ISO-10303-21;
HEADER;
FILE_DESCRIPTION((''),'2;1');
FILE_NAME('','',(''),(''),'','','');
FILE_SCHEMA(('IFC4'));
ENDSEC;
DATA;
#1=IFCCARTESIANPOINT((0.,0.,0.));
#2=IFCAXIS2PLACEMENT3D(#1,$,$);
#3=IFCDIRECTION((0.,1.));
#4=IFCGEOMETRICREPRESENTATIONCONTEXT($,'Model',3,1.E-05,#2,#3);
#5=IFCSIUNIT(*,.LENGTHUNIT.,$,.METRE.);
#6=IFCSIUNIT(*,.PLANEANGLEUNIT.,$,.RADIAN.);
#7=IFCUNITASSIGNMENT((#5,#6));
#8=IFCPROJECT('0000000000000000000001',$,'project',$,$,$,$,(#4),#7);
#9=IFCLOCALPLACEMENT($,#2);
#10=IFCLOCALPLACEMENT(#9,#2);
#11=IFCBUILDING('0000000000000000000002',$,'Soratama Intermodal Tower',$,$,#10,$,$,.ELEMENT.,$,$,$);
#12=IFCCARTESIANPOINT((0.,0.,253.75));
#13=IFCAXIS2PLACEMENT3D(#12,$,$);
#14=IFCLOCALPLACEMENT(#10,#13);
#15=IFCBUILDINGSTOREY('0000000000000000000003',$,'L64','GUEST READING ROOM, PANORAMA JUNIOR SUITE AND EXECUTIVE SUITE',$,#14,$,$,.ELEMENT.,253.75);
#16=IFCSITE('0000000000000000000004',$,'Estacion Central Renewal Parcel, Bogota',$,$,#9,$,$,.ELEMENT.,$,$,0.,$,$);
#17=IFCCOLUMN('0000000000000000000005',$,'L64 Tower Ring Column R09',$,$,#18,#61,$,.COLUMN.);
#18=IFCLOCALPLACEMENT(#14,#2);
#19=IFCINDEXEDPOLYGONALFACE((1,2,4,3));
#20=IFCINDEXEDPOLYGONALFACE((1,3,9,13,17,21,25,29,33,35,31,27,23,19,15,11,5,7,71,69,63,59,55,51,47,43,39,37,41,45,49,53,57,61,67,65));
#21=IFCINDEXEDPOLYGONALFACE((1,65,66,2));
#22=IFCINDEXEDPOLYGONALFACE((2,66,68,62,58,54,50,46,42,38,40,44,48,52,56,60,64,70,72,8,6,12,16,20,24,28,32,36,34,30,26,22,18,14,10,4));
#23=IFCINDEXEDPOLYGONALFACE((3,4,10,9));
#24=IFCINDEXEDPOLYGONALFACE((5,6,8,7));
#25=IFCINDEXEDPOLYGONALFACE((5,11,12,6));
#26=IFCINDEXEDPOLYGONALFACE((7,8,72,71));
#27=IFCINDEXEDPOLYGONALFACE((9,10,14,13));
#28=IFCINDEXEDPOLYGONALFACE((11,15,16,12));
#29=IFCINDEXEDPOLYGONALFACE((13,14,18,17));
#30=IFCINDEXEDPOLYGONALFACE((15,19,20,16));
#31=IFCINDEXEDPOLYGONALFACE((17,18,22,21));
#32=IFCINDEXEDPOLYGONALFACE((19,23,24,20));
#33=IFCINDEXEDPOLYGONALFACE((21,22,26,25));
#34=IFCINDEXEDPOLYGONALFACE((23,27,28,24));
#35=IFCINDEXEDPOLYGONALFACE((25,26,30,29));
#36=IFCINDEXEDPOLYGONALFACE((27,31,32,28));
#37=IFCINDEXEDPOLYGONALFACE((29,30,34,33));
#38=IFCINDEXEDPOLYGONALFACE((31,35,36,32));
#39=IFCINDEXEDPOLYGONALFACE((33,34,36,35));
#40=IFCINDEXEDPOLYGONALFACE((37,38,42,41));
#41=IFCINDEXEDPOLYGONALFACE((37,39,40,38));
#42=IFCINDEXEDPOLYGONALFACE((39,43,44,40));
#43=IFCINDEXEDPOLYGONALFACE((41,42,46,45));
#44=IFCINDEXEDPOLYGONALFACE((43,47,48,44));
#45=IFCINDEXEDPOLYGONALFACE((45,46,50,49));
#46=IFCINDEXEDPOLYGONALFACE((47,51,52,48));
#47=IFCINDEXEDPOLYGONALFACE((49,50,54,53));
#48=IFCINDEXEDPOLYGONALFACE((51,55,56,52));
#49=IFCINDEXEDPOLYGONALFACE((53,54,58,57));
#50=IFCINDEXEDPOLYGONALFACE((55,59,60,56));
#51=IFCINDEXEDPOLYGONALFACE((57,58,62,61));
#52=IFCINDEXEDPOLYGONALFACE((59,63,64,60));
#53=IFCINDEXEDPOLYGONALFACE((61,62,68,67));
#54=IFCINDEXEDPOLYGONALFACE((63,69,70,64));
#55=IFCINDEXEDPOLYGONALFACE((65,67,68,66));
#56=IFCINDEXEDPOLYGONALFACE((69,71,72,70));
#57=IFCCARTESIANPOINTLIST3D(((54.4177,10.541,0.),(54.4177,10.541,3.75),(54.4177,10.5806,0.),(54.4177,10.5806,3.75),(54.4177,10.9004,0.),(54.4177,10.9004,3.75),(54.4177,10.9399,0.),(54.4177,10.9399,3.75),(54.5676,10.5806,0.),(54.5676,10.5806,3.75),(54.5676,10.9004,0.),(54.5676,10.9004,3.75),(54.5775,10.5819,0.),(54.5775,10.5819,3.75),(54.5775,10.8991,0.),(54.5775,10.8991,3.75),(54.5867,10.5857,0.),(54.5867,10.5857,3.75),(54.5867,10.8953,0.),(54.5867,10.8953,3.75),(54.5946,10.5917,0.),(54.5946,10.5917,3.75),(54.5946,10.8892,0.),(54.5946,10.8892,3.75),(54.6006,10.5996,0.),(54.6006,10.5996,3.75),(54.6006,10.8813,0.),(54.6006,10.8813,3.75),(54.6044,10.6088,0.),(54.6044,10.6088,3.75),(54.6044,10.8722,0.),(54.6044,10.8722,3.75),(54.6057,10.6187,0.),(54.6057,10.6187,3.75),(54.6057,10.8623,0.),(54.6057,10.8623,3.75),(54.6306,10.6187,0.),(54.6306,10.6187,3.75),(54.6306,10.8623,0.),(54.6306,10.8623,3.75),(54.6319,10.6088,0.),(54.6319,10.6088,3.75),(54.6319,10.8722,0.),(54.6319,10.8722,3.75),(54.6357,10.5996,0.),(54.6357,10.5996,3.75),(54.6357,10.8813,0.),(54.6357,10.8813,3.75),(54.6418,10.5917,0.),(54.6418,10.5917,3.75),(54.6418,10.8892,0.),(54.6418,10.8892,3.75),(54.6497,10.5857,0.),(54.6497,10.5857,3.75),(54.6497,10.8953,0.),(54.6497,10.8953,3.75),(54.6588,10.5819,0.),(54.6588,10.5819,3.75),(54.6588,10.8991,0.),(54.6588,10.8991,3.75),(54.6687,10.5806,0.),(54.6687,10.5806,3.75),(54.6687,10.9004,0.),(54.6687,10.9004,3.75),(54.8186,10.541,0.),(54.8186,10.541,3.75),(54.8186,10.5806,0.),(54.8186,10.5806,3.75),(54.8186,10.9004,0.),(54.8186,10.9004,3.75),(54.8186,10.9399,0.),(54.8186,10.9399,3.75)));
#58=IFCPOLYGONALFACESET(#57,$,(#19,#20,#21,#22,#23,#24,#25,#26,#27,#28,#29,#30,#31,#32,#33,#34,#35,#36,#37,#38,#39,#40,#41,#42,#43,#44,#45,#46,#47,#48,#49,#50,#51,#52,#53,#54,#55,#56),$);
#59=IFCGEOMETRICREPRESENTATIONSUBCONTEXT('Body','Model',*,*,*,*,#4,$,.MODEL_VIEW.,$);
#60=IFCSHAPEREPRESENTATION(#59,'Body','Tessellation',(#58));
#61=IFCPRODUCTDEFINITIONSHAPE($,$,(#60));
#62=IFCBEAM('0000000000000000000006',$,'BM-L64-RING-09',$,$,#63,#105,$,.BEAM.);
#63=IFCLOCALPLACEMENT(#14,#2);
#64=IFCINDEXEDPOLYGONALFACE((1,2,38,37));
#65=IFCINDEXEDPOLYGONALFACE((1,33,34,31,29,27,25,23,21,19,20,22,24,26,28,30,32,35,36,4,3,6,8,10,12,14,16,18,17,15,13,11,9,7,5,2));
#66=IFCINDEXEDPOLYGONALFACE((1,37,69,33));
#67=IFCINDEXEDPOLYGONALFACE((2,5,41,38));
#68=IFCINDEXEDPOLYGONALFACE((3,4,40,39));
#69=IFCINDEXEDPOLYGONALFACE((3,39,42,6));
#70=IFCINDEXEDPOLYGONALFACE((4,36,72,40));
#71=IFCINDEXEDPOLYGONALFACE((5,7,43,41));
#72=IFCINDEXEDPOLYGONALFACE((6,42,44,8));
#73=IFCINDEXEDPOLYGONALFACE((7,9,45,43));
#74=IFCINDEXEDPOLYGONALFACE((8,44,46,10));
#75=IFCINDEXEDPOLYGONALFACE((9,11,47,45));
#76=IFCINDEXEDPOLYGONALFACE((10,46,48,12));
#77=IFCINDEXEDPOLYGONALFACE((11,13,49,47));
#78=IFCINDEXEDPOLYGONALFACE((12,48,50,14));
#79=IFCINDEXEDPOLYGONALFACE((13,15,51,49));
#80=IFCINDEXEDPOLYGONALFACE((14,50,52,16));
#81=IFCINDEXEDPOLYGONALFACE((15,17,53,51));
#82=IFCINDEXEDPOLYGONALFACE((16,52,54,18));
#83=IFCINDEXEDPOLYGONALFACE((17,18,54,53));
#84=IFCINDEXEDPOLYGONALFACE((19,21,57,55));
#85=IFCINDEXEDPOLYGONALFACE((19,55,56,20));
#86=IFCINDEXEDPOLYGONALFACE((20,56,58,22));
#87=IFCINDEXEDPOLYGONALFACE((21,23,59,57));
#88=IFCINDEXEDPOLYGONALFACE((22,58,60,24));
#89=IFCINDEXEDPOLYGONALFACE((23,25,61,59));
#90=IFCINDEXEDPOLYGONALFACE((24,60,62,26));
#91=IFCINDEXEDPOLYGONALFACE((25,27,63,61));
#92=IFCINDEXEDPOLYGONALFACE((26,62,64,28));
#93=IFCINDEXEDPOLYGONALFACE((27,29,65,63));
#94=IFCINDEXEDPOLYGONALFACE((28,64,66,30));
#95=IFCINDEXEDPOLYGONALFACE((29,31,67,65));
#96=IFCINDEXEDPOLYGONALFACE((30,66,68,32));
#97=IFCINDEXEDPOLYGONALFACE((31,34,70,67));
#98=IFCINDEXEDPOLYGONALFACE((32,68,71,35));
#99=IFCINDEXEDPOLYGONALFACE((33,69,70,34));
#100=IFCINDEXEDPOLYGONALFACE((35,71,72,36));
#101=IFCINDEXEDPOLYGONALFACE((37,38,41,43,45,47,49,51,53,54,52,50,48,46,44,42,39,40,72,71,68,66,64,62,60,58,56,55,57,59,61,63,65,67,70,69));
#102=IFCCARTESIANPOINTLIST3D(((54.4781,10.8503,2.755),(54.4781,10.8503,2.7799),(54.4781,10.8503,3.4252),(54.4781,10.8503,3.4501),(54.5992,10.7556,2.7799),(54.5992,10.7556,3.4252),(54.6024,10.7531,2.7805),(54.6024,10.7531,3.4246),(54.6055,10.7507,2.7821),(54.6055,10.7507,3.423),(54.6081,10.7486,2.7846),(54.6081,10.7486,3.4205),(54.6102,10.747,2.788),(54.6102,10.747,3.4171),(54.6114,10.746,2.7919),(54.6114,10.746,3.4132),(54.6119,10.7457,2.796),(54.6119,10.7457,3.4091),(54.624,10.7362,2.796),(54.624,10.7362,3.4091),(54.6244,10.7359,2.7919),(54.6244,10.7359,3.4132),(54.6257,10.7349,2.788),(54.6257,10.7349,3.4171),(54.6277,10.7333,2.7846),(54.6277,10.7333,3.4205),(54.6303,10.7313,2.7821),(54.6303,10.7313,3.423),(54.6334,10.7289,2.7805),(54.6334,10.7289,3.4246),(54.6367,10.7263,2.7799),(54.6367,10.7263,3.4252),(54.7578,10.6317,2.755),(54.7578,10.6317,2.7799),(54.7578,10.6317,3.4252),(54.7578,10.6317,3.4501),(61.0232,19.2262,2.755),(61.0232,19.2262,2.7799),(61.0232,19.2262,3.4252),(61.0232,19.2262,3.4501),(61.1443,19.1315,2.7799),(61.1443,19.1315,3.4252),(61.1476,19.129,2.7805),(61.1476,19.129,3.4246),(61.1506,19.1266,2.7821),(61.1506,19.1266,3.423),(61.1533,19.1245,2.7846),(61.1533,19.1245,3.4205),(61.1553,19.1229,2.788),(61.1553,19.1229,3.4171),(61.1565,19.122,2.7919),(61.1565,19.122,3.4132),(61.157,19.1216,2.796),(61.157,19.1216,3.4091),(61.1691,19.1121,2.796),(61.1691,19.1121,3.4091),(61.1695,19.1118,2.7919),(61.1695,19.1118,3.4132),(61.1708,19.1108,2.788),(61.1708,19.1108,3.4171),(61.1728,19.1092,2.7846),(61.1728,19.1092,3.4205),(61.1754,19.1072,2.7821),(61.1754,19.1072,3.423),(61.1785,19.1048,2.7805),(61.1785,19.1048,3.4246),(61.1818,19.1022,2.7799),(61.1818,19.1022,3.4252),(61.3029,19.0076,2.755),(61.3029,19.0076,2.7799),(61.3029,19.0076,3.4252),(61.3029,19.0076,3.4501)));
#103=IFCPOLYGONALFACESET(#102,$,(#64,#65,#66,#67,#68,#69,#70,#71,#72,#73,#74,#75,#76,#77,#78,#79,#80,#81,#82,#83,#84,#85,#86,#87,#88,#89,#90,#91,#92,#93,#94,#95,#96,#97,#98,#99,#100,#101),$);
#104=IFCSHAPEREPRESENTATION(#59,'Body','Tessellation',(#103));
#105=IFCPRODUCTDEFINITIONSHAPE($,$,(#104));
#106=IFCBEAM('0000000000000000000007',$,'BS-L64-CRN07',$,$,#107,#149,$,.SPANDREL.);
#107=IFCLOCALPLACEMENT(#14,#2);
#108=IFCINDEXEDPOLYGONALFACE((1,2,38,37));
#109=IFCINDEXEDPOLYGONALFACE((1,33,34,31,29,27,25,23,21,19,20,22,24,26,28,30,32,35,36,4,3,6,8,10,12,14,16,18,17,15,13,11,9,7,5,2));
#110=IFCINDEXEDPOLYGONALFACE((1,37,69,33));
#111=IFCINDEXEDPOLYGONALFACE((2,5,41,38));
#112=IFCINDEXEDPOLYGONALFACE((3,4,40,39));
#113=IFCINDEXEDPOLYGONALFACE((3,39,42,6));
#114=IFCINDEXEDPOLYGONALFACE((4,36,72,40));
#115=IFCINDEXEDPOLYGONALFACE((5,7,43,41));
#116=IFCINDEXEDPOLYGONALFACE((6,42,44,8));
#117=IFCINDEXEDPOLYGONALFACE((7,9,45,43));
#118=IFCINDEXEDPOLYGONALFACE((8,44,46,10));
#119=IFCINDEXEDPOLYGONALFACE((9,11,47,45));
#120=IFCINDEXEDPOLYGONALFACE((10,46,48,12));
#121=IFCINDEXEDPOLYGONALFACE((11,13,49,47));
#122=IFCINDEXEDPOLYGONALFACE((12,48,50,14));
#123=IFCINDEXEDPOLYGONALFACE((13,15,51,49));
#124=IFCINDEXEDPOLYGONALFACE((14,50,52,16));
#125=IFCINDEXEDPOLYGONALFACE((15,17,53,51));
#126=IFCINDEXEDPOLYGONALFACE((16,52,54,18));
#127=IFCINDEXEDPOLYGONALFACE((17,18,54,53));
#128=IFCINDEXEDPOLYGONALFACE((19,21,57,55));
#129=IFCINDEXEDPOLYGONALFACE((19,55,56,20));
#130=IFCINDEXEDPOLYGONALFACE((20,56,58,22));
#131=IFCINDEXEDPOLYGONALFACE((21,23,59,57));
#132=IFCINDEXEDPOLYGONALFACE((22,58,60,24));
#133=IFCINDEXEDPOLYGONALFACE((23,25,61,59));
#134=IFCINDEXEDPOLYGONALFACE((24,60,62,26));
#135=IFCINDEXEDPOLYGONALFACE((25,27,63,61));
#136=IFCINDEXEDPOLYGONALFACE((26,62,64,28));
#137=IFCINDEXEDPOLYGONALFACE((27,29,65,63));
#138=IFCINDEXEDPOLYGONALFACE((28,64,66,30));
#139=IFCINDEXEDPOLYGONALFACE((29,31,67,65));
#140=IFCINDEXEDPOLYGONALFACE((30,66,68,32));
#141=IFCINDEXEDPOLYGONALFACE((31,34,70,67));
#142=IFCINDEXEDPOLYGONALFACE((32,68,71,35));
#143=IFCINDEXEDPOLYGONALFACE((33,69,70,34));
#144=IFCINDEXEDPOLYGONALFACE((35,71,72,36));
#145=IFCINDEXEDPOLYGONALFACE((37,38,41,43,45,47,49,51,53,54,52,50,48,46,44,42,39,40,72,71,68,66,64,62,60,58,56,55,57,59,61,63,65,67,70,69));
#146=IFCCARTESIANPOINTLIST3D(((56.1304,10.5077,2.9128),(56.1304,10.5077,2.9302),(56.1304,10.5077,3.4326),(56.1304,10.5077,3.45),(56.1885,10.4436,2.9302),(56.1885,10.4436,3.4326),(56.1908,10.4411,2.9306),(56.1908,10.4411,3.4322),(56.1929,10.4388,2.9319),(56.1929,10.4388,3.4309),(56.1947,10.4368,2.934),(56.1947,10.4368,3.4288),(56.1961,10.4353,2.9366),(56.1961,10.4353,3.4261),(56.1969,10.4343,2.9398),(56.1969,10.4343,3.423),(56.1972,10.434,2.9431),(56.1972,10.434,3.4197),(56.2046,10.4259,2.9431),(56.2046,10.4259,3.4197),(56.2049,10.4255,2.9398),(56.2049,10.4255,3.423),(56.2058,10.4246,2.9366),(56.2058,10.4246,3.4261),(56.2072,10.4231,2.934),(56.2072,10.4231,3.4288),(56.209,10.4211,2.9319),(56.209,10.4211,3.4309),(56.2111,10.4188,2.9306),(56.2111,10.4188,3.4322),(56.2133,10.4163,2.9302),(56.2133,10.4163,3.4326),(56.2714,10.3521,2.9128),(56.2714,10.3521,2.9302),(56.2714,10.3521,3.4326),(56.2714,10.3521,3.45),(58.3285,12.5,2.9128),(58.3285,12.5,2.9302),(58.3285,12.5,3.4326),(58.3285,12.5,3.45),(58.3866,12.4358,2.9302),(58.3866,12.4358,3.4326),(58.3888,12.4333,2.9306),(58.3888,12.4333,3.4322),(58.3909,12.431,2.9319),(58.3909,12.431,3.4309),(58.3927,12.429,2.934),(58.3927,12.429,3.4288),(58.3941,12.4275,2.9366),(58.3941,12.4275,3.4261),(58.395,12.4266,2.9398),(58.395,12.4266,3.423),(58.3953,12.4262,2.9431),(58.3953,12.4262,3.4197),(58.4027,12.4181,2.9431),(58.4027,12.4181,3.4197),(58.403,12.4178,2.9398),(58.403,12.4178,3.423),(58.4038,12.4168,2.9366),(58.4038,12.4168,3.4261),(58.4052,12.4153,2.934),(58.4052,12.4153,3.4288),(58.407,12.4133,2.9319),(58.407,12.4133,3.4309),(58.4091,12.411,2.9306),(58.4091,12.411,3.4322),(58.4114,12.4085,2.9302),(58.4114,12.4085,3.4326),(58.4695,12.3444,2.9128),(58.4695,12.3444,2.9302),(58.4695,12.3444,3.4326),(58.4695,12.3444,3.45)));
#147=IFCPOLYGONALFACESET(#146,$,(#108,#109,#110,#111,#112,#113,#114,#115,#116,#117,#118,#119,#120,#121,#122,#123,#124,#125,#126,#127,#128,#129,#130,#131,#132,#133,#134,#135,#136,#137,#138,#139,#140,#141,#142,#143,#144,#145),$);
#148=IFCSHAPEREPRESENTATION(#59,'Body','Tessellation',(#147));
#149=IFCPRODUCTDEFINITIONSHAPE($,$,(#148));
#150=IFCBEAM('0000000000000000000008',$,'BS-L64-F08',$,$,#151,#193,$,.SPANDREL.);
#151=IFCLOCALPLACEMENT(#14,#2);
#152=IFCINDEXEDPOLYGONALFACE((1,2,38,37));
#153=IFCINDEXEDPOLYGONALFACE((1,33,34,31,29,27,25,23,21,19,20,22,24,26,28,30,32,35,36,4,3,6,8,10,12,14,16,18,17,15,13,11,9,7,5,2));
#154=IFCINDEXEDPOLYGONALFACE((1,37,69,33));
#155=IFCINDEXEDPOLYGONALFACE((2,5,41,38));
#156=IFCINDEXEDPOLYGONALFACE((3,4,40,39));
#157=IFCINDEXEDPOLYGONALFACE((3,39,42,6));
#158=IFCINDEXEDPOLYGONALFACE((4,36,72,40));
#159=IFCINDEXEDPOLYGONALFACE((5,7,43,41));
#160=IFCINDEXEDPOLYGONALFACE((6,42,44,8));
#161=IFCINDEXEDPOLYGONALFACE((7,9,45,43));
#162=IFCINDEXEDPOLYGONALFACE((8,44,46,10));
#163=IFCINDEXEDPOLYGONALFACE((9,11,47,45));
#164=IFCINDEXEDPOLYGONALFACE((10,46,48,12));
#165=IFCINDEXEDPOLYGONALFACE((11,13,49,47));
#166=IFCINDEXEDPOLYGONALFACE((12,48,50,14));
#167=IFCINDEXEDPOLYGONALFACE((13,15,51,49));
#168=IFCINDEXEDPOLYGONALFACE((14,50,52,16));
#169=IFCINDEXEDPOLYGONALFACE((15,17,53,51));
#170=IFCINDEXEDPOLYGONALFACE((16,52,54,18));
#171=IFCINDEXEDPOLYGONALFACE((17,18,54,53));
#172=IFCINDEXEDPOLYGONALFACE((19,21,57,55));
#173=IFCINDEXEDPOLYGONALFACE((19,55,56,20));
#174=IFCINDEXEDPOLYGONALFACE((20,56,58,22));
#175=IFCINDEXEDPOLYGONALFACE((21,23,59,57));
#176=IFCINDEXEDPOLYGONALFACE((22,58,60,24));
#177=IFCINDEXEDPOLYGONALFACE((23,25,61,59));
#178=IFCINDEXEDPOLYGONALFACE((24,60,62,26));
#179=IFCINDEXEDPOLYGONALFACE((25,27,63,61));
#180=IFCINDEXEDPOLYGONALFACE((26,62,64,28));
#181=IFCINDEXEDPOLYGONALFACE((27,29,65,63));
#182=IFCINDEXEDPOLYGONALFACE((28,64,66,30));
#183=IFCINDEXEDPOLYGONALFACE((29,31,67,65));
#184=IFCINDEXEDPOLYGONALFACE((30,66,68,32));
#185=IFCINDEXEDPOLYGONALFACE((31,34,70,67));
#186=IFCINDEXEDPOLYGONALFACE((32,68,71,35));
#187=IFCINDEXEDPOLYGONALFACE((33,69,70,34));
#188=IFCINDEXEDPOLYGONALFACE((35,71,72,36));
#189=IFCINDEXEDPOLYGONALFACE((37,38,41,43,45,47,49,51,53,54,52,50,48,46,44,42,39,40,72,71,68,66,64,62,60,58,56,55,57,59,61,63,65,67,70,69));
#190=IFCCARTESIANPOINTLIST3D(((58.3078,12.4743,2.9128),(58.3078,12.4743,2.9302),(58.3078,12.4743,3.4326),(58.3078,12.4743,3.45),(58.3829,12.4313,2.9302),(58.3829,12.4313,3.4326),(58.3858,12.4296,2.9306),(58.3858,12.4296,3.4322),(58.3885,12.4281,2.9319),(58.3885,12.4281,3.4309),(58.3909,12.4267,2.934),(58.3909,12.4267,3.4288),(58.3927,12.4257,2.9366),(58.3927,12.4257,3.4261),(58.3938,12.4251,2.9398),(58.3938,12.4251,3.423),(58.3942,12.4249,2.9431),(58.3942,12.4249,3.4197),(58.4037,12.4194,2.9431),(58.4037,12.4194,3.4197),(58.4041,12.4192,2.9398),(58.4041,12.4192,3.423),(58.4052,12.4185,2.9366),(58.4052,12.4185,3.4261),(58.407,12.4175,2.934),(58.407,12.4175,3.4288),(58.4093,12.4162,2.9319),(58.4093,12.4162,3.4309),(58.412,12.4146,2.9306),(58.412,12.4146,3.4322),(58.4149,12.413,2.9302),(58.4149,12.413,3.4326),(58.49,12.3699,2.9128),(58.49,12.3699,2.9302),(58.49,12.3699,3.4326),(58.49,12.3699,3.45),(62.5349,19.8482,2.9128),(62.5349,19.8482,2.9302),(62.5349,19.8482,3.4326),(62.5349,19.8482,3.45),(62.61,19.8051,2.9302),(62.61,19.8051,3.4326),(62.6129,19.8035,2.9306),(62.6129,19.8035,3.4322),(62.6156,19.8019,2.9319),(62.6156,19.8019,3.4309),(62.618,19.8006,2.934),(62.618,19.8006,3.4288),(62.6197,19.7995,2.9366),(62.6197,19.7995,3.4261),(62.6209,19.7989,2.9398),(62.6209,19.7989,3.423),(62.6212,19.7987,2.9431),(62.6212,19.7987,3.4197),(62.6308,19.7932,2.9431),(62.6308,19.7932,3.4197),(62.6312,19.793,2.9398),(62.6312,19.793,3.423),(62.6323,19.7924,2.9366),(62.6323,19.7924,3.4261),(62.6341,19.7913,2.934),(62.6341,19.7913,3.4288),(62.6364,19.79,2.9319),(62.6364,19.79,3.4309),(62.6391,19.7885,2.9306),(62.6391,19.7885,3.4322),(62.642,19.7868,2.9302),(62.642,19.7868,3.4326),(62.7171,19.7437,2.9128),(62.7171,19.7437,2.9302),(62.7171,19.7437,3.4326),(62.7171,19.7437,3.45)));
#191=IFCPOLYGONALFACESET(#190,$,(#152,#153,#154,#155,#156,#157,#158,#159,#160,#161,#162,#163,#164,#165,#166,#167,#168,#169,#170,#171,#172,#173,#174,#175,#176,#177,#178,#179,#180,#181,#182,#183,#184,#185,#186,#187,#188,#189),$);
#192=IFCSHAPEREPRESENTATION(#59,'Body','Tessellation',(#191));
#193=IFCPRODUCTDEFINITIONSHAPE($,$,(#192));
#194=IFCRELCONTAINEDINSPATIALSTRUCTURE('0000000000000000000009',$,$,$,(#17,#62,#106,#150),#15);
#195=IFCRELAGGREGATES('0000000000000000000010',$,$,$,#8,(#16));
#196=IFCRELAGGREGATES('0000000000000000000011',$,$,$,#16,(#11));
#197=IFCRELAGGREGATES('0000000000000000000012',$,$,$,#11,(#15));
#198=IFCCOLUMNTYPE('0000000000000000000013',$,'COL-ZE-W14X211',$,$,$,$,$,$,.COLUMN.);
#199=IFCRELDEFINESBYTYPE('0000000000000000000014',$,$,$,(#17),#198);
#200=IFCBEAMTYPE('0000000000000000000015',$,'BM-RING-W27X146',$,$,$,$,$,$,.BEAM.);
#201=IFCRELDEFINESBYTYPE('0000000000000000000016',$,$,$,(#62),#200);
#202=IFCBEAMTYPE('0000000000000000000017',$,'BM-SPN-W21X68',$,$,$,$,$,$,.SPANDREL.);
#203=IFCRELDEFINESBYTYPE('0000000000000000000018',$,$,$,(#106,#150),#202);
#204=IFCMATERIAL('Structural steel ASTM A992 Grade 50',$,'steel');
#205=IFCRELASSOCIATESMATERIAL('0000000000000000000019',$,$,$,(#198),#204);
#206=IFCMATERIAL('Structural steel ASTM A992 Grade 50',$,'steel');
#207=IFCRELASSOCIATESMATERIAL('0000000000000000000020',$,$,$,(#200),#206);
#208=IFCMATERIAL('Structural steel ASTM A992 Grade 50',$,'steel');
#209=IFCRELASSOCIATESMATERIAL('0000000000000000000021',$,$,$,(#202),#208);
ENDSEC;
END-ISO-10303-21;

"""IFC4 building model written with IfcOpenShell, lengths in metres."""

from ifc_helpers import new_model, si_unit, direction, frame, origin, origin_2d, place, context, subcontext, project, spatial, i_section, extrude, material, material_profile, profile_set, type_object, element, save


model = new_model("IFC4")

# Units and contexts
model_context = context("Model", 3, precision=1e-05, world=origin(), true_north=direction((0.0, 1.0)))
body_context = subcontext(model_context, "Body", "Model", "MODEL_VIEW")
ifc_project = project(units=[si_unit("LENGTHUNIT", "METRE"), si_unit("PLANEANGLEUNIT", "RADIAN")], contexts=[model_context])

# Site, building, storey
site_placement = place(None, origin())
site = spatial("IfcSite", under=ifc_project, at=site_placement, Name="Estacion Central Renewal Parcel, Bogota", CompositionType="ELEMENT", RefElevation=0.0)
building_placement = place(site_placement, origin())
building = spatial("IfcBuilding", under=site, at=building_placement, Name="Soratama Intermodal Tower", CompositionType="ELEMENT")
storey_placement = place(building_placement, frame((0.0, 0.0, 253.75)))
storey = spatial("IfcBuildingStorey", under=building, at=storey_placement, Name="L64", Description="GUEST READING ROOM, PANORAMA JUNIOR SUITE AND EXECUTIVE SUITE", CompositionType="ELEMENT", Elevation=253.75)

# Column
ifc_material_1 = material(Name="Structural steel ASTM A992 Grade 50", Category="steel")
ifc_material_profile_1 = material_profile(ifc_material_1, i_section(OverallWidth=0.4009, OverallDepth=0.3989, WebThickness=0.0249, FlangeThickness=0.0396, FilletRadius=0.0381, at=origin_2d()), Name="W14X211")
ifc_profile_set_1 = profile_set([ifc_material_profile_1], Name="Structural steel ASTM A992 Grade 50")
column_type = type_object("IfcColumnType", Name="COL-ZE-W14X211", PredefinedType="COLUMN", material=ifc_profile_set_1)
column_placement = place(storey_placement, frame((54.6182, 10.7405, 0.0), z_axis=(0.0, 0.0, 1.0), x_axis=(1.0, 0.0, 0.0)))
element("IfcColumn", 1, at=column_placement, inside=storey, type_object=column_type, Name="L64 Tower Ring Column R09", PredefinedType="COLUMN", context=body_context, shape_type="SweptSolid", body=[
    extrude(i_section(OverallWidth=0.4009, OverallDepth=0.3989, WebThickness=0.0249, FlangeThickness=0.0396, FilletRadius=0.0381, at=origin_2d()), origin(), (0.0, 0.0, 1.0), 3.75),
])

# Beams
ifc_material_2 = material(Name="Structural steel ASTM A992 Grade 50", Category="steel")
ifc_material_profile_2 = material_profile(ifc_material_2, i_section(OverallWidth=0.355, OverallDepth=0.6951, WebThickness=0.0154, FlangeThickness=0.0249, FilletRadius=0.0161, at=origin_2d()), Name="W27X146")
ifc_profile_set_2 = profile_set([ifc_material_profile_2], Name="Structural steel ASTM A992 Grade 50")
beam_type_1 = type_object("IfcBeamType", Name="BM-RING-W27X146", PredefinedType="BEAM", material=ifc_profile_set_2)
beam_1_placement = place(storey_placement, frame((54.6179, 10.741, 3.1025), z_axis=(0.615728, 0.787959, 0.0), x_axis=(-0.787959, 0.615728, 0.0)))
element("IfcBeam", 2, at=beam_1_placement, inside=storey, type_object=beam_type_1, Name="BM-L64-RING-09", PredefinedType="BEAM", context=body_context, shape_type="SweptSolid", body=[
    extrude(i_section(OverallWidth=0.355, OverallDepth=0.6951, WebThickness=0.0154, FlangeThickness=0.0249, FilletRadius=0.0161, at=origin_2d()), origin(), (0.0, 0.0, 1.0), 10.6299),
])
ifc_material_3 = material(Name="Structural steel ASTM A992 Grade 50", Category="steel")
ifc_material_profile_3 = material_profile(ifc_material_3, i_section(OverallWidth=0.21, OverallDepth=0.5371, WebThickness=0.011, FlangeThickness=0.0173, FilletRadius=0.0129, at=origin_2d()), Name="W21X68")
ifc_profile_set_3 = profile_set([ifc_material_profile_3], Name="Structural steel ASTM A992 Grade 50")
beam_type_2 = type_object("IfcBeamType", Name="BM-SPN-W21X68", PredefinedType="SPANDREL", material=ifc_profile_set_3)
beam_2_placement = place(storey_placement, frame((56.2009, 10.4299, 3.1814), z_axis=(0.740945, 0.671566, 0.0), x_axis=(-0.671566, 0.740945, 0.0)))
element("IfcBeam", 3, at=beam_2_placement, inside=storey, type_object=beam_type_2, Name="BS-L64-CRN07", PredefinedType="SPANDREL", context=body_context, shape_type="SweptSolid", body=[
    extrude(i_section(OverallWidth=0.21, OverallDepth=0.5371, WebThickness=0.011, FlangeThickness=0.0173, FilletRadius=0.0129, at=origin_2d()), origin(), (0.0, 0.0, 1.0), 2.9666),
])
beam_3_placement = place(storey_placement, frame((58.3989, 12.4221, 3.1814), z_axis=(0.497333, 0.86756, 0.0), x_axis=(-0.86756, 0.497333, 0.0)))
element("IfcBeam", 4, at=beam_3_placement, inside=storey, type_object=beam_type_2, Name="BS-L64-F08", PredefinedType="SPANDREL", context=body_context, shape_type="SweptSolid", body=[
    extrude(i_section(OverallWidth=0.21, OverallDepth=0.5371, WebThickness=0.011, FlangeThickness=0.0173, FilletRadius=0.0129, at=origin_2d()), origin(), (0.0, 0.0, 1.0), 8.4995),
])

save(model, "model.ifc")
